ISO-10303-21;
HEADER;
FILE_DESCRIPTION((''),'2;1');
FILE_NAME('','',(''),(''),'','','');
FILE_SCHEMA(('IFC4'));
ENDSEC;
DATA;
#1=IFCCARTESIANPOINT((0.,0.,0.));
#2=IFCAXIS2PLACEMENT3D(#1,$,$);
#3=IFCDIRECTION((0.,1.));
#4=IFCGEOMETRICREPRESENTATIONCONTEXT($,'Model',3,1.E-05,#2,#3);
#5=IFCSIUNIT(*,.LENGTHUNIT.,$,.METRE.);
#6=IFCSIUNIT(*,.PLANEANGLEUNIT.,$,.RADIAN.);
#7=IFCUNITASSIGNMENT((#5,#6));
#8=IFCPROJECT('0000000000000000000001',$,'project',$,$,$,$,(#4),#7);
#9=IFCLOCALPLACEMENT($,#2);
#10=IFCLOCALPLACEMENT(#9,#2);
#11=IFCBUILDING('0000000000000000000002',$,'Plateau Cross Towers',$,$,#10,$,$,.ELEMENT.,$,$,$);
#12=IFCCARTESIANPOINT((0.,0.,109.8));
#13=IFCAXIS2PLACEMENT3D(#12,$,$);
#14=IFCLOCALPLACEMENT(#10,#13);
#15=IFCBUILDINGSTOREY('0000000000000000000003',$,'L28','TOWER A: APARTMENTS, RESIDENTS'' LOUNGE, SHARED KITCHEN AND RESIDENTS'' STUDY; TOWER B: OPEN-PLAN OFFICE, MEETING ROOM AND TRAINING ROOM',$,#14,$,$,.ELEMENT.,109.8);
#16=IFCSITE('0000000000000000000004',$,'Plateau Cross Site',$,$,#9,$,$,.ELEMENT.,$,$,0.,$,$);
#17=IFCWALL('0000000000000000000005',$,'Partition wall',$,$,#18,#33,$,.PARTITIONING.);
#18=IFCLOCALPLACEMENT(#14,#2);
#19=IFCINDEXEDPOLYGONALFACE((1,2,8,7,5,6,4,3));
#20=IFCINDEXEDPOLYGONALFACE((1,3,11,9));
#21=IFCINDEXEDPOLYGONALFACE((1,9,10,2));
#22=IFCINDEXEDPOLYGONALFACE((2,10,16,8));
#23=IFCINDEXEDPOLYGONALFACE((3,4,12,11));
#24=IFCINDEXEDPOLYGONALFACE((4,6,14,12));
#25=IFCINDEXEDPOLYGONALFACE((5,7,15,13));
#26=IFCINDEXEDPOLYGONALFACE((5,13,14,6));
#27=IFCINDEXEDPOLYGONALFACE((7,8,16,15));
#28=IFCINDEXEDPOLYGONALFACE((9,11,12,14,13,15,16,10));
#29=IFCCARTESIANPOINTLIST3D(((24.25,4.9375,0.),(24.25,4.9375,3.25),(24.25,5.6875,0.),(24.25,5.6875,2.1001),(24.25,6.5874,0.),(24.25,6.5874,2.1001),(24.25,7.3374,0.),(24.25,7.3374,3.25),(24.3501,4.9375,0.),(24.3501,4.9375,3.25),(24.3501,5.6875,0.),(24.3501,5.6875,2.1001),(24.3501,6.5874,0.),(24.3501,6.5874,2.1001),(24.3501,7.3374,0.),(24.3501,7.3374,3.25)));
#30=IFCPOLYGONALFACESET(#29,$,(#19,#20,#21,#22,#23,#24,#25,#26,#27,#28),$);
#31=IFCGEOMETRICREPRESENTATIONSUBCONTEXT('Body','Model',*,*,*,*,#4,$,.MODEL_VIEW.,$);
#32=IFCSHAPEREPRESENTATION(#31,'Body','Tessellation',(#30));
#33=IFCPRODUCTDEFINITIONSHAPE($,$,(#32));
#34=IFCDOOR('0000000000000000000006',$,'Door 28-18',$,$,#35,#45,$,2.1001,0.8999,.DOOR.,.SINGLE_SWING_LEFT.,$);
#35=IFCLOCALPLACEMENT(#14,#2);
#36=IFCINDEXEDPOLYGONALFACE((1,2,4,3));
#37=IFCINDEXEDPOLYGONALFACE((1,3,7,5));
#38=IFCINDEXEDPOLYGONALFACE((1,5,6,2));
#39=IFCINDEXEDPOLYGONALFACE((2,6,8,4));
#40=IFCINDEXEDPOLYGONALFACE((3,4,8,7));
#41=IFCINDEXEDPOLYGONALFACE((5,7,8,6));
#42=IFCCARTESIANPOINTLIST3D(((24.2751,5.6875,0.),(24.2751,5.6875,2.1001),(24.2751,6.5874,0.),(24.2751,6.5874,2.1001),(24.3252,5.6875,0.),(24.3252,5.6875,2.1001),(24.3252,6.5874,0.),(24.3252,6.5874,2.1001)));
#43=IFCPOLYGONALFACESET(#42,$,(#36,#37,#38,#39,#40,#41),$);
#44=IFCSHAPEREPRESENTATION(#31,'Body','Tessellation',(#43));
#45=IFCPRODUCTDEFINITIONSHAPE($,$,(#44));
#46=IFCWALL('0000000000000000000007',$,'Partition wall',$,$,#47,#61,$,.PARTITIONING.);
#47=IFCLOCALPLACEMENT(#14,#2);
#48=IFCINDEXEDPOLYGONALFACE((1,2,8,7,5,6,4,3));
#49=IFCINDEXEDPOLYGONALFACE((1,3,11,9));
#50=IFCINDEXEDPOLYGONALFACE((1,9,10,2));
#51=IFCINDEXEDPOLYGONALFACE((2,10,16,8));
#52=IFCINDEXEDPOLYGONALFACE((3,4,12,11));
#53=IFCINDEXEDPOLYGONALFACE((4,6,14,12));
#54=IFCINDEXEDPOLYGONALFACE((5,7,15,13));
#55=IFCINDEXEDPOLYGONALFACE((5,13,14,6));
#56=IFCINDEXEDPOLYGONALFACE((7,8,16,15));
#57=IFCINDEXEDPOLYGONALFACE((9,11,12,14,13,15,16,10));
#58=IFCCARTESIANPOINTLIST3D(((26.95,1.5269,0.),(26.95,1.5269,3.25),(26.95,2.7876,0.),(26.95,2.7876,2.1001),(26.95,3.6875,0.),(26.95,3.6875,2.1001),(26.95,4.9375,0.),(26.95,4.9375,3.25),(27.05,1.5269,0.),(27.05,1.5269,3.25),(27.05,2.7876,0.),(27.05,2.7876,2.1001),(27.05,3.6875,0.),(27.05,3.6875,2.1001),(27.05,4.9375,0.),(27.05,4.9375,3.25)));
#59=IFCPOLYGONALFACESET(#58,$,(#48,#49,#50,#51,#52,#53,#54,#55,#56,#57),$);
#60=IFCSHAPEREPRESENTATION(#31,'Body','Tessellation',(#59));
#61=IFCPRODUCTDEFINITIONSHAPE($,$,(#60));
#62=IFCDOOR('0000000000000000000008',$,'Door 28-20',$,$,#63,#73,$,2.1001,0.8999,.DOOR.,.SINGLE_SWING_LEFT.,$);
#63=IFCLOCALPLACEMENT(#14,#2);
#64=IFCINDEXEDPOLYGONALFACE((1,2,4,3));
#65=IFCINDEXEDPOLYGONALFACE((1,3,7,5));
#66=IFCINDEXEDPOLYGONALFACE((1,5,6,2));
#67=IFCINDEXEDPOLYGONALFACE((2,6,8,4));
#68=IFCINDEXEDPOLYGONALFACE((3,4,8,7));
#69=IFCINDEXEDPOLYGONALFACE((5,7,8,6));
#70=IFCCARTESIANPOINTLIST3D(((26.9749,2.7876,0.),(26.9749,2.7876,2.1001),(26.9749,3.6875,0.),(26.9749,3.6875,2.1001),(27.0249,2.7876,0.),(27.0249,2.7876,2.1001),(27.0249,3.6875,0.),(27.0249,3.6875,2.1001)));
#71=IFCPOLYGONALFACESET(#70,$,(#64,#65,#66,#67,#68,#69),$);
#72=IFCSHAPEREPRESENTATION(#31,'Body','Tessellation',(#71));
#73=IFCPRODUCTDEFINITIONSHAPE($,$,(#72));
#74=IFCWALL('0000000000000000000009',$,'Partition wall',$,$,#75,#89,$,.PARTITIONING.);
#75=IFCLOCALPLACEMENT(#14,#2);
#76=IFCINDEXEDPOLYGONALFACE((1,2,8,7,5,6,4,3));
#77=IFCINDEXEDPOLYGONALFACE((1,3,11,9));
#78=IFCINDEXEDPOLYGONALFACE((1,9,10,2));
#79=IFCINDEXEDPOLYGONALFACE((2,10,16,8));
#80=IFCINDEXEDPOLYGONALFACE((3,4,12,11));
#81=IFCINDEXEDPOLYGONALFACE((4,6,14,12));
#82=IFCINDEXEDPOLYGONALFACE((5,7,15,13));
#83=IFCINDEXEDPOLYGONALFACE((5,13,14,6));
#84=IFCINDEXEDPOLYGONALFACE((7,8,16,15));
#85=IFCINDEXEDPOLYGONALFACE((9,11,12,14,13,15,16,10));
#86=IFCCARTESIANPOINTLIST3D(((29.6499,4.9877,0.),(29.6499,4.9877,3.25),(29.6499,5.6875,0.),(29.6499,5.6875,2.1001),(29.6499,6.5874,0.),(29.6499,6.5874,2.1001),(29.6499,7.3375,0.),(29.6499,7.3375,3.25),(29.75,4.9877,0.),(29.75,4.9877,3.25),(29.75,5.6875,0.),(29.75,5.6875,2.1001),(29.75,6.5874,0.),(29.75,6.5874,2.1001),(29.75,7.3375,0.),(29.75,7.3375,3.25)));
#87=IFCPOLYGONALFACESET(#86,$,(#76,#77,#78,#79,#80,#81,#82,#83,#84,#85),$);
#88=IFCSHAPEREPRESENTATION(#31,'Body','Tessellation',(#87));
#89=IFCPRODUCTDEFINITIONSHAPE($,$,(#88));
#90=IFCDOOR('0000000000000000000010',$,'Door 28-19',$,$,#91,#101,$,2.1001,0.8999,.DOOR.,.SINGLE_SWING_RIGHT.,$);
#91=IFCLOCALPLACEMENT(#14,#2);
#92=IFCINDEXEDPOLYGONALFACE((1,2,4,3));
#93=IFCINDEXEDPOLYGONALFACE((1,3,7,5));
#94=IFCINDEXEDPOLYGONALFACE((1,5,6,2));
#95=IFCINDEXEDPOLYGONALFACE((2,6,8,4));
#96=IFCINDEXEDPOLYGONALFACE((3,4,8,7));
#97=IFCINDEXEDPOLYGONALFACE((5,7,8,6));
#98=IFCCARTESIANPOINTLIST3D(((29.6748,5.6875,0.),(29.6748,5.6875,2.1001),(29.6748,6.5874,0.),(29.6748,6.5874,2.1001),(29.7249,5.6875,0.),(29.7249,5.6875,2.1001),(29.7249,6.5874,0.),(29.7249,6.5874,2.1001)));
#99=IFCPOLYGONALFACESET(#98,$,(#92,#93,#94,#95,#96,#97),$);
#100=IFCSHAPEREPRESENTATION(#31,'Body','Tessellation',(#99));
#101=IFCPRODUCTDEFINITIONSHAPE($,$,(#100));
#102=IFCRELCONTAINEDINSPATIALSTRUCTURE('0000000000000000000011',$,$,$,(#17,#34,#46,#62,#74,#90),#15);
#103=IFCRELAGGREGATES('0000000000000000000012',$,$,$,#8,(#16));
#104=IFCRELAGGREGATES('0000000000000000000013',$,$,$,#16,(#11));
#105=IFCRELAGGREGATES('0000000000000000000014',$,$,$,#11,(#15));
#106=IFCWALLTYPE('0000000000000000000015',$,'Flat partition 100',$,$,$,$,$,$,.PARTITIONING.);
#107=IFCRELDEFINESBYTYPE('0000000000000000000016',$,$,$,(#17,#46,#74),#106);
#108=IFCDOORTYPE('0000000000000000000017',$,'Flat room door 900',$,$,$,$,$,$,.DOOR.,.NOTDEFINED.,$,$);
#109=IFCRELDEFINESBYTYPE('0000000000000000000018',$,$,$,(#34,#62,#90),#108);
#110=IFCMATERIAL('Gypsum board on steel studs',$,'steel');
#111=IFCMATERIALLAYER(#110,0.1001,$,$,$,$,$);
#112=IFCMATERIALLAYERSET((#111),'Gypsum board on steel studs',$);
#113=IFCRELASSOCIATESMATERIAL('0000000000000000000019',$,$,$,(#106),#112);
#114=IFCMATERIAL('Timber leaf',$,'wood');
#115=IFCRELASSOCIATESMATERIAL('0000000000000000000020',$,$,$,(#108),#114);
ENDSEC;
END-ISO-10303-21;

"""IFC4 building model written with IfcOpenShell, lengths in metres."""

from ifc_helpers import new_model, si_unit, direction, frame, frame_2d, origin, place, context, subcontext, project, spatial, rectangle, extrude, material, layer, layer_set, type_object, element, fill, save


model = new_model("IFC4")

# Units and contexts
model_context = context("Model", 3, precision=1e-05, world=origin(), true_north=direction((0.0, 1.0)))
body_context = subcontext(model_context, "Body", "Model", "MODEL_VIEW")
ifc_project = project(units=[si_unit("LENGTHUNIT", "METRE"), si_unit("PLANEANGLEUNIT", "RADIAN")], contexts=[model_context])

# Site, building, storey
site_placement = place(None, origin())
site = spatial("IfcSite", under=ifc_project, at=site_placement, Name="Plateau Cross Site", CompositionType="ELEMENT", RefElevation=0.0)
building_placement = place(site_placement, origin())
building = spatial("IfcBuilding", under=site, at=building_placement, Name="Plateau Cross Towers", CompositionType="ELEMENT")
storey_placement = place(building_placement, frame((0.0, 0.0, 109.8)))
storey = spatial("IfcBuildingStorey", under=building, at=storey_placement, Name="L28", Description="TOWER A: APARTMENTS, RESIDENTS' LOUNGE, SHARED KITCHEN AND RESIDENTS' STUDY; TOWER B: OPEN-PLAN OFFICE, MEETING ROOM AND TRAINING ROOM", CompositionType="ELEMENT", Elevation=109.8)

# Shared definitions
ifc_material_1 = material(Name="Gypsum board on steel studs", Category="steel")
ifc_layer_1 = layer(ifc_material_1, 0.1001)
ifc_layer_set_1 = layer_set([ifc_layer_1], Name="Gypsum board on steel studs")
wall_type_1 = type_object("IfcWallType", Name="Flat partition 100", PredefinedType="PARTITIONING", material=ifc_layer_set_1)

# Walls, openings, doors
wall_1_placement = place(storey_placement, frame((24.3, 4.9375, 0.0), z_axis=(0.0, 0.0, 1.0), x_axis=(0.0, 1.0, 0.0)))
wall_1 = element("IfcWall", 1, at=wall_1_placement, inside=storey, type_object=wall_type_1, Name="Partition wall", PredefinedType="PARTITIONING", context=body_context, shape_type="SweptSolid", body=[
    extrude(rectangle(XDim=2.3999, YDim=0.1001, at=frame_2d((1.2, 0.0))), origin(), (0.0, 0.0, 1.0), 3.25),
])
opening_1_placement = place(wall_1_placement, frame((0.75, 0.0, 0.0)))
opening_1 = element("IfcOpeningElement", 2, at=opening_1_placement, cuts=wall_1, PredefinedType="OPENING", context=body_context, shape_type="SweptSolid", body=[
    extrude(rectangle(XDim=0.8999, YDim=2.1001, at=frame_2d((0.45, 1.05))), frame((0.0, 0.0601, 0.0), z_axis=(0.0, -1.0, 0.0), x_axis=(1.0, 0.0, 0.0)), (0.0, 0.0, 1.0), 0.1201),
])
ifc_material_2 = material(Name="Timber leaf", Category="wood")
door_type_1 = type_object("IfcDoorType", Name="Flat room door 900", OperationType="NOTDEFINED", PredefinedType="DOOR", material=ifc_material_2)
door_1_placement = place(opening_1_placement, origin())
door_1 = element("IfcDoor", 3, at=door_1_placement, inside=storey, type_object=door_type_1, Name="Door 28-18", OperationType="SINGLE_SWING_LEFT", OverallHeight=2.1001, OverallWidth=0.8999, PredefinedType="DOOR", context=body_context, shape_type="SweptSolid", body=[
    extrude(rectangle(XDim=0.8999, YDim=2.1001, at=frame_2d((0.45, 1.05))), frame((0.0, 0.0249, 0.0), z_axis=(0.0, -1.0, 0.0), x_axis=(1.0, 0.0, 0.0)), (0.0, 0.0, 1.0), 0.05),
])
fill(opening_1, door_1)
wall_2_placement = place(storey_placement, frame((27.0, 4.9375, 0.0), z_axis=(0.0, 0.0, 1.0), x_axis=(0.0, -1.0, 0.0)))
wall_2 = element("IfcWall", 4, at=wall_2_placement, inside=storey, type_object=wall_type_1, Name="Partition wall", PredefinedType="PARTITIONING", context=body_context, shape_type="SweptSolid", body=[
    extrude(rectangle(XDim=3.4106, YDim=0.1001, at=frame_2d((1.7053, 0.0))), origin(), (0.0, 0.0, 1.0), 3.25),
])
opening_2_placement = place(wall_2_placement, frame((1.25, 0.0, 0.0)))
opening_2 = element("IfcOpeningElement", 5, at=opening_2_placement, cuts=wall_2, PredefinedType="OPENING", context=body_context, shape_type="SweptSolid", body=[
    extrude(rectangle(XDim=0.8999, YDim=2.1001, at=frame_2d((0.45, 1.05))), frame((0.0, 0.0601, 0.0), z_axis=(0.0, -1.0, 0.0), x_axis=(1.0, 0.0, 0.0)), (0.0, 0.0, 1.0), 0.1201),
])
door_2_placement = place(opening_2_placement, origin())
door_2 = element("IfcDoor", 6, at=door_2_placement, inside=storey, type_object=door_type_1, Name="Door 28-20", OperationType="SINGLE_SWING_LEFT", OverallHeight=2.1001, OverallWidth=0.8999, PredefinedType="DOOR", context=body_context, shape_type="SweptSolid", body=[
    extrude(rectangle(XDim=0.8999, YDim=2.1001, at=frame_2d((0.45, 1.05))), frame((0.0, 0.0249, 0.0), z_axis=(0.0, -1.0, 0.0), x_axis=(1.0, 0.0, 0.0)), (0.0, 0.0, 1.0), 0.05),
])
fill(opening_2, door_2)
wall_3_placement = place(storey_placement, frame((29.7, 7.3374, 0.0), z_axis=(0.0, 0.0, 1.0), x_axis=(0.0, -1.0, 0.0)))
wall_3 = element("IfcWall", 7, at=wall_3_placement, inside=storey, type_object=wall_type_1, Name="Partition wall", PredefinedType="PARTITIONING", context=body_context, shape_type="SweptSolid", body=[
    extrude(rectangle(XDim=2.3499, YDim=0.1001, at=frame_2d((1.1748, 0.0))), origin(), (0.0, 0.0, 1.0), 3.25),
])
opening_3_placement = place(wall_3_placement, frame((0.75, 0.0, 0.0)))
opening_3 = element("IfcOpeningElement", 8, at=opening_3_placement, cuts=wall_3, PredefinedType="OPENING", context=body_context, shape_type="SweptSolid", body=[
    extrude(rectangle(XDim=0.8999, YDim=2.1001, at=frame_2d((0.45, 1.05))), frame((0.0, 0.0601, 0.0), z_axis=(0.0, -1.0, 0.0), x_axis=(1.0, 0.0, 0.0)), (0.0, 0.0, 1.0), 0.1201),
])
door_3_placement = place(opening_3_placement, origin())
door_3 = element("IfcDoor", 9, at=door_3_placement, inside=storey, type_object=door_type_1, Name="Door 28-19", OperationType="SINGLE_SWING_RIGHT", OverallHeight=2.1001, OverallWidth=0.8999, PredefinedType="DOOR", context=body_context, shape_type="SweptSolid", body=[
    extrude(rectangle(XDim=0.8999, YDim=2.1001, at=frame_2d((0.45, 1.05))), frame((0.0, 0.0249, 0.0), z_axis=(0.0, -1.0, 0.0), x_axis=(1.0, 0.0, 0.0)), (0.0, 0.0, 1.0), 0.05),
])
fill(opening_3, door_3)

save(model, "model.ifc")
